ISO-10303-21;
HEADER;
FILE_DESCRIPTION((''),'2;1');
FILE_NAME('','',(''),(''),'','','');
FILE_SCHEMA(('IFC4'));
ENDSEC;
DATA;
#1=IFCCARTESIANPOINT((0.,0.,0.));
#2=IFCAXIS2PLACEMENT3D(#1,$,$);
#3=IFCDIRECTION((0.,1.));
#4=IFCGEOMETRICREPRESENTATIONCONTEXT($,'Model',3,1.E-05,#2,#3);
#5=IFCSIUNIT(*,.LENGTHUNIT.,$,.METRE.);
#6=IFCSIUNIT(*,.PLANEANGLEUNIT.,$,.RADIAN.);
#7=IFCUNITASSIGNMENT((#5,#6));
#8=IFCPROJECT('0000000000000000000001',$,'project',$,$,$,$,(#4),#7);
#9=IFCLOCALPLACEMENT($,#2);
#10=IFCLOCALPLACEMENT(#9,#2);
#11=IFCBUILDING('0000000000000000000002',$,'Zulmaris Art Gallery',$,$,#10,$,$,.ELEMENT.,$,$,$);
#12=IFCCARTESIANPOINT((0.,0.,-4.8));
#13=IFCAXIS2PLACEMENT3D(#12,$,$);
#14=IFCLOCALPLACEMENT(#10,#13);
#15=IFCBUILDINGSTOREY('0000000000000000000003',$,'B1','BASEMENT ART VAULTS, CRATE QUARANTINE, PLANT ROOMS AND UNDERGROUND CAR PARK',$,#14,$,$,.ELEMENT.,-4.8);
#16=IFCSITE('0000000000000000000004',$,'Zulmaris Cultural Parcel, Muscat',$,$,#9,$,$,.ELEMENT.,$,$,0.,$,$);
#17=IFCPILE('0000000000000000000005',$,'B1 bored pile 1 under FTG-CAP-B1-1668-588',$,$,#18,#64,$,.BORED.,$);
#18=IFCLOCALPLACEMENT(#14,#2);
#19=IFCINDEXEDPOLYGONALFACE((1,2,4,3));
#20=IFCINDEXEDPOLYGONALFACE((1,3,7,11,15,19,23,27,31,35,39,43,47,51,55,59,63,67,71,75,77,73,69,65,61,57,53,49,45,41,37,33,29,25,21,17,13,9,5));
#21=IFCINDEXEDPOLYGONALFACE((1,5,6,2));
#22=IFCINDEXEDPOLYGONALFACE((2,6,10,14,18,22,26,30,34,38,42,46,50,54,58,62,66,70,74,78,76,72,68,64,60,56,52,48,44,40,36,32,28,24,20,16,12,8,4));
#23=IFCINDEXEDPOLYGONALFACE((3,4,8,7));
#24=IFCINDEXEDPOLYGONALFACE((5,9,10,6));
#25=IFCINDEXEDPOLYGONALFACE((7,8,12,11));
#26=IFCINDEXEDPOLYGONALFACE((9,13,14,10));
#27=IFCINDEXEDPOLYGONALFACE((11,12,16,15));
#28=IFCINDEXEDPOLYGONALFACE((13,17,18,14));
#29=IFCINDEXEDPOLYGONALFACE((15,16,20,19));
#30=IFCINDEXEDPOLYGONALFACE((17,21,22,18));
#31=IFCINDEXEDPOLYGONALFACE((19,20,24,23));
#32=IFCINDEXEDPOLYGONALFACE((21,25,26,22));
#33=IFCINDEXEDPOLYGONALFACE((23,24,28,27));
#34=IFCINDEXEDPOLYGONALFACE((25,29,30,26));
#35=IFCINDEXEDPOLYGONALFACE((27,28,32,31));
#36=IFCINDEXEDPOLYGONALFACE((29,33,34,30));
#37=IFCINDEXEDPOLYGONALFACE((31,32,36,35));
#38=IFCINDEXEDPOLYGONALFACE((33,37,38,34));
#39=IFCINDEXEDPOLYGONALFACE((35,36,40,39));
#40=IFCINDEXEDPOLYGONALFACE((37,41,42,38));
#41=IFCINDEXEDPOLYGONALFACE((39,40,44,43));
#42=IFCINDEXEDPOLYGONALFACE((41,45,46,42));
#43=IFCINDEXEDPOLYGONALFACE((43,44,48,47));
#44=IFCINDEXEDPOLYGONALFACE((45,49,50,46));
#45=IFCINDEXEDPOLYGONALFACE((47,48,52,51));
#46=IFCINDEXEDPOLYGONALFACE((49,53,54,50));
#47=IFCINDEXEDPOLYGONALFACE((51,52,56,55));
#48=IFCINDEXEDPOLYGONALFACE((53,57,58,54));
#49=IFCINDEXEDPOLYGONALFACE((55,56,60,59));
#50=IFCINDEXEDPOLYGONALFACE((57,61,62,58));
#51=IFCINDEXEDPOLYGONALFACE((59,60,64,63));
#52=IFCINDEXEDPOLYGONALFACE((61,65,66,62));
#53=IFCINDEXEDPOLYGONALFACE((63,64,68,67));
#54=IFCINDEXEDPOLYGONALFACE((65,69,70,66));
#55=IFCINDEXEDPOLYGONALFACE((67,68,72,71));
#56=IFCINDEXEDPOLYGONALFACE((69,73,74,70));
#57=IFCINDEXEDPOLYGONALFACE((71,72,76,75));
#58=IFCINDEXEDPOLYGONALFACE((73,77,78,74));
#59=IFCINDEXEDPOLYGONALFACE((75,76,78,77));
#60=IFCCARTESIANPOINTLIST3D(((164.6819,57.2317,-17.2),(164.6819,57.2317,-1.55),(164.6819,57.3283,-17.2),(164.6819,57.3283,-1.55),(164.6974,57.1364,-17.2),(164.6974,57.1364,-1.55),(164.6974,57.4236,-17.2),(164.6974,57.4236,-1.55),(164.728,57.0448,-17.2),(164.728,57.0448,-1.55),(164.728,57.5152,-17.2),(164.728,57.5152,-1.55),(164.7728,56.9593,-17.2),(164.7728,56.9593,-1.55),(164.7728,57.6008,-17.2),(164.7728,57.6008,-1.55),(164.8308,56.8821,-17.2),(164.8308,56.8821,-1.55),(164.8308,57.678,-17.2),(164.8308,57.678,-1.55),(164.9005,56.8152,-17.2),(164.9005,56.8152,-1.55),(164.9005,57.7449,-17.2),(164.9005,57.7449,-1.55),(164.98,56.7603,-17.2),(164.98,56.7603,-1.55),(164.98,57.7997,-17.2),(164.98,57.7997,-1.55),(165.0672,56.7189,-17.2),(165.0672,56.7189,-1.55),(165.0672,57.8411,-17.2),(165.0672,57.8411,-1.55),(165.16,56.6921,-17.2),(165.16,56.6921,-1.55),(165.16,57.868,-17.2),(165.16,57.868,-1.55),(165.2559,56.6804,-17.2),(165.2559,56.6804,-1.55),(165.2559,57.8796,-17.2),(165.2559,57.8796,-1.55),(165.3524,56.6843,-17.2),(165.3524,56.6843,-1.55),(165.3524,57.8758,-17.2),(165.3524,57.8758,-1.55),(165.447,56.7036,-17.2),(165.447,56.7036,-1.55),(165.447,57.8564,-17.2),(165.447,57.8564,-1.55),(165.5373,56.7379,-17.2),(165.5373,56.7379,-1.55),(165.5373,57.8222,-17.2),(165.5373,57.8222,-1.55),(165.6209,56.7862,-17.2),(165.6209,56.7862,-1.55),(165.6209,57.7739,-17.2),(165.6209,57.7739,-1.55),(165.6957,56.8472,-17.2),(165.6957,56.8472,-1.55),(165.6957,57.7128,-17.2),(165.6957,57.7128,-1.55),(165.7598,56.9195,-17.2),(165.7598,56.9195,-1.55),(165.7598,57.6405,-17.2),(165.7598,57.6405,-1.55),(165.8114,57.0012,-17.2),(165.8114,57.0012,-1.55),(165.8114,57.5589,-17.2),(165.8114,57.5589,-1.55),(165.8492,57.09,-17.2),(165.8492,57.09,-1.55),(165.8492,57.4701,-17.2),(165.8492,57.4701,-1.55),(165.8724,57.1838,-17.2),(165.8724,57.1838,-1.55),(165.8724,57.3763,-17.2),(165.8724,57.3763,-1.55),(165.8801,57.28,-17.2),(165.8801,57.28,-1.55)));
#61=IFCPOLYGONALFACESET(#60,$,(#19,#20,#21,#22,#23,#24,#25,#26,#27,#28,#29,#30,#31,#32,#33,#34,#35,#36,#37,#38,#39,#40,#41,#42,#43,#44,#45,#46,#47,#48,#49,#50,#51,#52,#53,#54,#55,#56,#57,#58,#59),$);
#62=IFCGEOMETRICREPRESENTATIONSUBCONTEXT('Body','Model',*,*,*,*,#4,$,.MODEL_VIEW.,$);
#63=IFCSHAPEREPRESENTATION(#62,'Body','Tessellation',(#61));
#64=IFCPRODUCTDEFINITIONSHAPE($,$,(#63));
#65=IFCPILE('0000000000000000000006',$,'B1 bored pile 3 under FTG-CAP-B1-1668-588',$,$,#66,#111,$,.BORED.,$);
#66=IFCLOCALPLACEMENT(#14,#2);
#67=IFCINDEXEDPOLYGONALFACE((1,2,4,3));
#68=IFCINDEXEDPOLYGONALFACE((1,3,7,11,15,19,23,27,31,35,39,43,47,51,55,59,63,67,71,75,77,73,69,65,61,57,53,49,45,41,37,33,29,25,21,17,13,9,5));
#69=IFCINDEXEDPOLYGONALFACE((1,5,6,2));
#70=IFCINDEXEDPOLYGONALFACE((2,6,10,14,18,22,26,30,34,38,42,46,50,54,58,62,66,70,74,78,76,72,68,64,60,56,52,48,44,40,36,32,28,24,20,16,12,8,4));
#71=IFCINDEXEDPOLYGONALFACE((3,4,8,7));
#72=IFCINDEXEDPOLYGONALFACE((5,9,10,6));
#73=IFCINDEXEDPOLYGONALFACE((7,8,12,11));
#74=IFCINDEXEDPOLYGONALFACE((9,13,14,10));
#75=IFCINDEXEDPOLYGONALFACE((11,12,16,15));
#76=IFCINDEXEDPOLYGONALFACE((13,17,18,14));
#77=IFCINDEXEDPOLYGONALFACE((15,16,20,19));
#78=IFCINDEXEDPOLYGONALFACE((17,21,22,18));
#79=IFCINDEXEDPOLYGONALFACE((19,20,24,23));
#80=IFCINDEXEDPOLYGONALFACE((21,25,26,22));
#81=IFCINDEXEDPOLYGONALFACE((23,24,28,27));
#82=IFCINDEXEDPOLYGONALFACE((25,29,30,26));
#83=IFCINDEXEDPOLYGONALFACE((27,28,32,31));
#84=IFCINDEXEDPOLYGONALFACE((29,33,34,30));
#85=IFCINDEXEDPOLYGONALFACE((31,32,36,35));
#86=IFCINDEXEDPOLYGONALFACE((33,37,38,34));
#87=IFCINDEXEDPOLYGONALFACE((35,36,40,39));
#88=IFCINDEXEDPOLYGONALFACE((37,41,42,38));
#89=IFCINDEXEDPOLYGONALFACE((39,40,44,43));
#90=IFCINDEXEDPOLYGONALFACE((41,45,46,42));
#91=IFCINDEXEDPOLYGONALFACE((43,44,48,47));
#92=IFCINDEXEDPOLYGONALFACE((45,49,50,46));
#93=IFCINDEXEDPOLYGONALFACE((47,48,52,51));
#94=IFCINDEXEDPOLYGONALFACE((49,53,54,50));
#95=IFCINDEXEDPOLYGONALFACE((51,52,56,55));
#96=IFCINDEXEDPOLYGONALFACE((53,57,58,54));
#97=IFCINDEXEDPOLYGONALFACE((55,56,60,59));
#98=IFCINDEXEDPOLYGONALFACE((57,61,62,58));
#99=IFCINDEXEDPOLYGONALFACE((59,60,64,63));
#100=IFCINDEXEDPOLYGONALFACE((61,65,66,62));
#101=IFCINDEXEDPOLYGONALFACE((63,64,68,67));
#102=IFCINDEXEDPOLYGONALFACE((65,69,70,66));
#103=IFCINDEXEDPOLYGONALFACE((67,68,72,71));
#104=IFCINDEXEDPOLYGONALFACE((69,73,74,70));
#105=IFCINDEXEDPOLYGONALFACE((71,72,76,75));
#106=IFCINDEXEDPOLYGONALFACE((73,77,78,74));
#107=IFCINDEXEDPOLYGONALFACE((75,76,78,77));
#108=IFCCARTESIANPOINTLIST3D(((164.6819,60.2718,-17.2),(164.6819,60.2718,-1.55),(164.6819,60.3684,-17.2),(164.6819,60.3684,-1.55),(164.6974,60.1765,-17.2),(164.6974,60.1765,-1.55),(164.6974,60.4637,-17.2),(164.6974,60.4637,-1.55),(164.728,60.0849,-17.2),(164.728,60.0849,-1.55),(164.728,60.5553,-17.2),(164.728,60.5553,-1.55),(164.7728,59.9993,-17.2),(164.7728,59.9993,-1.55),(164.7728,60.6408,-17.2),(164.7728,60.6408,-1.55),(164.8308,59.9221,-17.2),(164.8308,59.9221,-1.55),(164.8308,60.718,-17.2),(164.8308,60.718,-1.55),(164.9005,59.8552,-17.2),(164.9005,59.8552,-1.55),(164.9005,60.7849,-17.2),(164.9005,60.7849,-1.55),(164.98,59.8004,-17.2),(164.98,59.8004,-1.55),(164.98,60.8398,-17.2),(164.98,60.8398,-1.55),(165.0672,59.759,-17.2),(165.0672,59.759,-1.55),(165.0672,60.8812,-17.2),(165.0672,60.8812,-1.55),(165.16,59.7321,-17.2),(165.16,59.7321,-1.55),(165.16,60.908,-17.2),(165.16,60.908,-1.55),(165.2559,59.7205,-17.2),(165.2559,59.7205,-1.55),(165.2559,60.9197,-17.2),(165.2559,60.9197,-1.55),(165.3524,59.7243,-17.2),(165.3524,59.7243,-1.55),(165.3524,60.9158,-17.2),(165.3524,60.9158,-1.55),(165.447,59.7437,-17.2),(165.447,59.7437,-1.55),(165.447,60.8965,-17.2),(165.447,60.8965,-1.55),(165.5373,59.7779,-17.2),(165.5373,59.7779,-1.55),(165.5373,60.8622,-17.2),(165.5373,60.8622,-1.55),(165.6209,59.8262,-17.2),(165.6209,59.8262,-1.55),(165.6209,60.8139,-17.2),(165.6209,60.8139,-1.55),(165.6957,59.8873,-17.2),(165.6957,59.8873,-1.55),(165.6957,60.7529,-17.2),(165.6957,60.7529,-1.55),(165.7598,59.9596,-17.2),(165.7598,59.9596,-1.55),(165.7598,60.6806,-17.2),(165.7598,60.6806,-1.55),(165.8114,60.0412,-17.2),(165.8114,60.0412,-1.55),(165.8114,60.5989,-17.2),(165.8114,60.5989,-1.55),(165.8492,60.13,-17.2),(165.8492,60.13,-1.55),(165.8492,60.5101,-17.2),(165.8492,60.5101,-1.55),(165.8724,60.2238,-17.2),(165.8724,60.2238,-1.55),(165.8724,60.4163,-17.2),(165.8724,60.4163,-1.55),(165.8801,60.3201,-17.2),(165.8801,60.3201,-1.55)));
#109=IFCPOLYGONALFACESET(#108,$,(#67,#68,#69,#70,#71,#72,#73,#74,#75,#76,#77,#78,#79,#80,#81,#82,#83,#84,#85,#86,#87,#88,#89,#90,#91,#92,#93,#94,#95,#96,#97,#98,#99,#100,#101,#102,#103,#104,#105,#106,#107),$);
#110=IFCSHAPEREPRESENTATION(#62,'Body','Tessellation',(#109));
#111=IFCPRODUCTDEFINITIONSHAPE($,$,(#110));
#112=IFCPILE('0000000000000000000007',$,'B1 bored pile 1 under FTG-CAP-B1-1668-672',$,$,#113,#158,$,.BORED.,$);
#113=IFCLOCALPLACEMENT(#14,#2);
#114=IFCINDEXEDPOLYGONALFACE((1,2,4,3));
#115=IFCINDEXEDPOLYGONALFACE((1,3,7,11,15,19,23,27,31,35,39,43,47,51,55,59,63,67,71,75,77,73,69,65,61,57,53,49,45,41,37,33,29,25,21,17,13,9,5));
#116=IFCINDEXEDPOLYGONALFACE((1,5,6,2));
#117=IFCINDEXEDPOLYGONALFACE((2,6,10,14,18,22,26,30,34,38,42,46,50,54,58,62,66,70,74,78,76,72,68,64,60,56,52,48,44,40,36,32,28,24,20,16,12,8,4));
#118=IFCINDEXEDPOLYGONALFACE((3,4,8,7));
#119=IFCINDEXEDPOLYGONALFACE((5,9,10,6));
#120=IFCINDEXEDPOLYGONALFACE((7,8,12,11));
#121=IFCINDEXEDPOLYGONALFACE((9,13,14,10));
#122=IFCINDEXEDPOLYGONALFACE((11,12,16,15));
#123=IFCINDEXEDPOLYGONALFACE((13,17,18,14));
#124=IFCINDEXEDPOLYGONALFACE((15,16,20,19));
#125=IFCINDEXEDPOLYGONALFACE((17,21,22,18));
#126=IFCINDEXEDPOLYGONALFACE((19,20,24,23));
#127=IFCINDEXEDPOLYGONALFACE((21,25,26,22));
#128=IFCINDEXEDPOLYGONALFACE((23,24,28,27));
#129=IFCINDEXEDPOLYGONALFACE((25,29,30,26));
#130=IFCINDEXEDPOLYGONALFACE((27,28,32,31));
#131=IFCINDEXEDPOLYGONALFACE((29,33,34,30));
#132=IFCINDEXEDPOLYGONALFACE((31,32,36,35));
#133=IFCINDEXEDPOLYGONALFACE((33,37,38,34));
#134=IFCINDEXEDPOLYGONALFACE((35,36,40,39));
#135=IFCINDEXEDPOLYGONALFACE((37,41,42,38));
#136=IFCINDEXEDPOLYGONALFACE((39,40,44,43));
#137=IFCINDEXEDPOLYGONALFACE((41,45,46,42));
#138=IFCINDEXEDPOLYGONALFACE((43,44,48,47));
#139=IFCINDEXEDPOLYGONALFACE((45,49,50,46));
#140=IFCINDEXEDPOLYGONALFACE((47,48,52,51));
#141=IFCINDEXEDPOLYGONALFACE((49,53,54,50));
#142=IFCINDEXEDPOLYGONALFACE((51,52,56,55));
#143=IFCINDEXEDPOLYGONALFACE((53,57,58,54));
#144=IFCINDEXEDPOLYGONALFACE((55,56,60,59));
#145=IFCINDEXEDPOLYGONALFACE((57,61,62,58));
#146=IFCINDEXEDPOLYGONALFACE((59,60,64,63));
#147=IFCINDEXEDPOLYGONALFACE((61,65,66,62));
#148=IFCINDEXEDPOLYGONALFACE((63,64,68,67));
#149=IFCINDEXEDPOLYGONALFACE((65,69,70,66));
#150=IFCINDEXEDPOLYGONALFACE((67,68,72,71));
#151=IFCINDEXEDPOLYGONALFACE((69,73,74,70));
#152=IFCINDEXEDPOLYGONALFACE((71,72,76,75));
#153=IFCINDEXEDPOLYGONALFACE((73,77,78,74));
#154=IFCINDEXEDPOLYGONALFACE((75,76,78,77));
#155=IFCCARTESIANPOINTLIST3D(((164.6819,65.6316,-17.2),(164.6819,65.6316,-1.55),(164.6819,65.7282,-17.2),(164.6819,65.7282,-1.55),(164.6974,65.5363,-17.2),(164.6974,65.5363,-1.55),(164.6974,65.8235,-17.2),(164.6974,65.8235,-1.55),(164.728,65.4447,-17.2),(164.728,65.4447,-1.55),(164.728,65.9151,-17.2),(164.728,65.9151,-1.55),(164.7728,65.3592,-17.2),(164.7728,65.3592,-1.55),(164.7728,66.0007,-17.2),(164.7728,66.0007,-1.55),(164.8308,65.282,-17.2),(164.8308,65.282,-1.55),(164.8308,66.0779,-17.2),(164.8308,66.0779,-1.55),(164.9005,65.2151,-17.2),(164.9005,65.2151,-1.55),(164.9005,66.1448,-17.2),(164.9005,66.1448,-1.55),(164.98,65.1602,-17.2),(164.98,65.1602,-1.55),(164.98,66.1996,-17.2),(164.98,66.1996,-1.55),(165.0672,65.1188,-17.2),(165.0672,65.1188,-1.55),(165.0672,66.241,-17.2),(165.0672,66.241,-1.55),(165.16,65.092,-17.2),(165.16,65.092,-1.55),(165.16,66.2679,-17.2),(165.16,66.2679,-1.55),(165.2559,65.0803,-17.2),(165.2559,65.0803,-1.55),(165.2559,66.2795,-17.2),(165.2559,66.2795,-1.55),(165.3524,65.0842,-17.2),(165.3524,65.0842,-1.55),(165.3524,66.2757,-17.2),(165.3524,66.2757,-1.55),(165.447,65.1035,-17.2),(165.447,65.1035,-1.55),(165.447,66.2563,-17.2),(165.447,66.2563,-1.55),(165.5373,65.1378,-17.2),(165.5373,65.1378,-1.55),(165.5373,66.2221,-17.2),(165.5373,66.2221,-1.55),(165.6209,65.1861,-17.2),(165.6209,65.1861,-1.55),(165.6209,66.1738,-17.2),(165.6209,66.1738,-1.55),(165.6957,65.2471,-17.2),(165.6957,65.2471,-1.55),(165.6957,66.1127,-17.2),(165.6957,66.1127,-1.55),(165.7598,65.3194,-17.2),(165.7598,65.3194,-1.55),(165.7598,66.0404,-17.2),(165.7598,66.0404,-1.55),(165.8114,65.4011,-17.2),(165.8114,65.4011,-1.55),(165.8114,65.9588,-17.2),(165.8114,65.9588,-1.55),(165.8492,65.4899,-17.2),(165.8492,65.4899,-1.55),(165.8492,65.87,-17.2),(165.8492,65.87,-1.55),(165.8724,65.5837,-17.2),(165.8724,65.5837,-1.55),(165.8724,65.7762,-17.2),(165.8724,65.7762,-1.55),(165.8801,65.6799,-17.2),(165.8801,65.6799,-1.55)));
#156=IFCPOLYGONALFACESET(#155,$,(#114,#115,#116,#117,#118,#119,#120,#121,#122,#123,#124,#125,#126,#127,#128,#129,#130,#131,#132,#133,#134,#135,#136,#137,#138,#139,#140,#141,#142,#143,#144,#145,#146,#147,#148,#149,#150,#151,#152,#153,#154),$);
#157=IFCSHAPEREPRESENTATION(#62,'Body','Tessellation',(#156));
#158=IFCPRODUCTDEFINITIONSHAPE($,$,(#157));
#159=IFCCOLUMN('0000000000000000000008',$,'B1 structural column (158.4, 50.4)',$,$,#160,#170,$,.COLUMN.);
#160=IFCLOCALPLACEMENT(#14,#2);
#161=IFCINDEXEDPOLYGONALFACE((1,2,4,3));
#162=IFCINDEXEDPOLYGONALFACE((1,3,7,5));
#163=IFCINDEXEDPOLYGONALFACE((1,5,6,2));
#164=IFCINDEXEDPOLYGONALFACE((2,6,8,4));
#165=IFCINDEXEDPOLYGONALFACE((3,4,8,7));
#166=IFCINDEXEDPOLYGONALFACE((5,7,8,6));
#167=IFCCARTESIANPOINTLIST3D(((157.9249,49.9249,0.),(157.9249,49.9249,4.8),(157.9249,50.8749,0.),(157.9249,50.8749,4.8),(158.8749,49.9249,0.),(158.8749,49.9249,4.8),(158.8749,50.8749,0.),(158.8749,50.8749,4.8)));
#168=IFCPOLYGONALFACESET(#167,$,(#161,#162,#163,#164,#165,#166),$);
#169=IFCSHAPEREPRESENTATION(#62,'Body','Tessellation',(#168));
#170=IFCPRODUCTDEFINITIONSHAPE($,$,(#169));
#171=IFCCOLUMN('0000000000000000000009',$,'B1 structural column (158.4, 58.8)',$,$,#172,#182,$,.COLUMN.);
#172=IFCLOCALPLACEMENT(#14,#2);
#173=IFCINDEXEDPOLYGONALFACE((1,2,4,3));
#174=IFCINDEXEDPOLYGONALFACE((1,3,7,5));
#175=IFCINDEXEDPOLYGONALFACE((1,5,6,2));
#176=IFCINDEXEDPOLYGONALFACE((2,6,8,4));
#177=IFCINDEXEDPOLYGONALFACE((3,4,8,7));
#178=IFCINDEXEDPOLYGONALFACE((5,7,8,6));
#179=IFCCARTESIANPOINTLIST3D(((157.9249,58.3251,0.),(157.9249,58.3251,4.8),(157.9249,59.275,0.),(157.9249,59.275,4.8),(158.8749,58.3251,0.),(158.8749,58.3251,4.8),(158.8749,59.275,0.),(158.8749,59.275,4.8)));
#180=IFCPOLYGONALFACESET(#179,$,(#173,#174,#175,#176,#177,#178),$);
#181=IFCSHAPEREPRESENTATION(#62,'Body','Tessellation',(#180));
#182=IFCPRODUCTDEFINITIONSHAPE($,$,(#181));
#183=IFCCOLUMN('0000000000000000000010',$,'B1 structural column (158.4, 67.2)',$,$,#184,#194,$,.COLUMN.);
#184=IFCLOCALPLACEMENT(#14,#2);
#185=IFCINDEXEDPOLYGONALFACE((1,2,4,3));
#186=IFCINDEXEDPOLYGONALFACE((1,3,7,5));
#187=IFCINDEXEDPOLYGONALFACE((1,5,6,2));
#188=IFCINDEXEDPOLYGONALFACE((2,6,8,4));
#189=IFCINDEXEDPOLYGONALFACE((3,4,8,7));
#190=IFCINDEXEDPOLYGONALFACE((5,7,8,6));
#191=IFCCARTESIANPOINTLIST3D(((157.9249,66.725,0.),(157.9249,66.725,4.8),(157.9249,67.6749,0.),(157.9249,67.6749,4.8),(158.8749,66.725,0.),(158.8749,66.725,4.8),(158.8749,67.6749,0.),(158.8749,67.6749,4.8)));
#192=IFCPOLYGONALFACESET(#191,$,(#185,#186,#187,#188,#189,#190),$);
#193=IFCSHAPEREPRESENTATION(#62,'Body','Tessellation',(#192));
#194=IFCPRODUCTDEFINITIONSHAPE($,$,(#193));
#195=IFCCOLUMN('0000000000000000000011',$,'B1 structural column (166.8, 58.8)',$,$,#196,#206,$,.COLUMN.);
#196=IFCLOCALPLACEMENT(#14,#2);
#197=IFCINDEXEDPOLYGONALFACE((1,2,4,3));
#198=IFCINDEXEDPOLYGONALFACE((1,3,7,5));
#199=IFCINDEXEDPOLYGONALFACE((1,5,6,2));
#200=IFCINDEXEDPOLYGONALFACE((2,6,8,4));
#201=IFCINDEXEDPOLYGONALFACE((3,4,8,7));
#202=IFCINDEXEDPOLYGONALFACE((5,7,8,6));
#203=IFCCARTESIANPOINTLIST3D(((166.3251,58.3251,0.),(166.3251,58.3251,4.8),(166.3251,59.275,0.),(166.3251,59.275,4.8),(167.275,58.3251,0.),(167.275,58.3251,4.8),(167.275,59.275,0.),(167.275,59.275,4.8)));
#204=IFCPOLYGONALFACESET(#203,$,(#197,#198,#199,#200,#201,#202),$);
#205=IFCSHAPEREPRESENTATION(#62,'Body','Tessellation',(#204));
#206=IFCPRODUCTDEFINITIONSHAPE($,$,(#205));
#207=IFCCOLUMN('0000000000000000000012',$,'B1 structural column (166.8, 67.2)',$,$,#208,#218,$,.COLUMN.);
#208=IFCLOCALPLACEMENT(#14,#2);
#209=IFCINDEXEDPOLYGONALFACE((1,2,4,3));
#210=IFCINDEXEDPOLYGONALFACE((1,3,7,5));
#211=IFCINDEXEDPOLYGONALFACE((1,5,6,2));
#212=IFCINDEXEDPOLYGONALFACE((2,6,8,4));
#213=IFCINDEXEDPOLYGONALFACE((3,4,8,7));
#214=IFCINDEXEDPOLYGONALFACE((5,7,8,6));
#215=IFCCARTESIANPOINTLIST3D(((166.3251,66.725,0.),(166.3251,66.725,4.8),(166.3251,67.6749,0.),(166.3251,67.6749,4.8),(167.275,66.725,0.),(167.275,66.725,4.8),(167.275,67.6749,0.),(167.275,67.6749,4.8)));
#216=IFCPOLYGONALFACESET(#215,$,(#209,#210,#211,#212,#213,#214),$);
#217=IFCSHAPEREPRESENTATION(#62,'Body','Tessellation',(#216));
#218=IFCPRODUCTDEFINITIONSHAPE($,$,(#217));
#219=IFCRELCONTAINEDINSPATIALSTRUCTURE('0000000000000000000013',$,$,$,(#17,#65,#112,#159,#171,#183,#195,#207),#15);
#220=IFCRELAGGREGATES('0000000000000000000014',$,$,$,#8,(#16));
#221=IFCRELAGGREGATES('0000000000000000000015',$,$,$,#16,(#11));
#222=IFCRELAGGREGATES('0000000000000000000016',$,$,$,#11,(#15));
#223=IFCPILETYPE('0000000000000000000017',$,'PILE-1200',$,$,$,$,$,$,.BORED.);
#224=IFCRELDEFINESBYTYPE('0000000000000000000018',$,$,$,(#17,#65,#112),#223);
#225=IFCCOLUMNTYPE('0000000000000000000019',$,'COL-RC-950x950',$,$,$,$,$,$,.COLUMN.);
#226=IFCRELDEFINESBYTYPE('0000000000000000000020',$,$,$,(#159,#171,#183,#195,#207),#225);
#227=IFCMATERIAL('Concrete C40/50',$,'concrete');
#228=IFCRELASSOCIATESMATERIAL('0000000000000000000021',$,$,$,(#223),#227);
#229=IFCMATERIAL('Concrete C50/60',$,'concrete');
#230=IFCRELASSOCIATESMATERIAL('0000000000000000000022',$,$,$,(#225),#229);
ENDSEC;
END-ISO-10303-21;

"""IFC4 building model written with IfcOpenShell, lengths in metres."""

from ifc_helpers import new_model, si_unit, direction, frame, origin, origin_2d, place, context, subcontext, project, spatial, rectangle, circle, extrude, material, material_profile, profile_set, type_object, element, save


model = new_model("IFC4")

# Units and contexts
model_context = context("Model", 3, precision=1e-05, world=origin(), true_north=direction((0.0, 1.0)))
body_context = subcontext(model_context, "Body", "Model", "MODEL_VIEW")
ifc_project = project(units=[si_unit("LENGTHUNIT", "METRE"), si_unit("PLANEANGLEUNIT", "RADIAN")], contexts=[model_context])

# Site, building, storey
site_placement = place(None, origin())
site = spatial("IfcSite", under=ifc_project, at=site_placement, Name="Zulmaris Cultural Parcel, Muscat", CompositionType="ELEMENT", RefElevation=0.0)
building_placement = place(site_placement, origin())
building = spatial("IfcBuilding", under=site, at=building_placement, Name="Zulmaris Art Gallery", CompositionType="ELEMENT")
storey_placement = place(building_placement, frame((0.0, 0.0, -4.8)))
storey = spatial("IfcBuildingStorey", under=building, at=storey_placement, Name="B1", Description="BASEMENT ART VAULTS, CRATE QUARANTINE, PLANT ROOMS AND UNDERGROUND CAR PARK", CompositionType="ELEMENT", Elevation=-4.8)

# Piles
ifc_material_1 = material(Name="Concrete C40/50", Category="concrete")
ifc_material_profile_1 = material_profile(ifc_material_1, circle(Radius=0.6001, at=origin_2d()), Name="PILE DIA 1200")
ifc_profile_set_1 = profile_set([ifc_material_profile_1], Name="Concrete C40/50")
pile_type = type_object("IfcPileType", Name="PILE-1200", PredefinedType="BORED", material=ifc_profile_set_1)
for number, where, z_axis, x_axis, name in (
    (1, (165.28, 57.28, -1.55), (0.0, 0.0, -1.0), (1.0, 0.0, 0.0), "B1 bored pile 1 under FTG-CAP-B1-1668-588"),
    (2, (165.28, 60.3201, -1.55), (0.0, 0.0, -1.0), (1.0, 0.0, 0.0), "B1 bored pile 3 under FTG-CAP-B1-1668-588"),
    (3, (165.28, 65.6799, -1.55), (0.0, 0.0, -1.0), (1.0, 0.0, 0.0), "B1 bored pile 1 under FTG-CAP-B1-1668-672"),
):
    element("IfcPile", number, at=place(storey_placement, frame(where, z_axis=z_axis, x_axis=x_axis)), inside=storey, type_object=pile_type, Name=name, PredefinedType="BORED", context=body_context, shape_type="SweptSolid", body=[
        extrude(circle(Radius=0.6001, at=origin_2d()), origin(), (0.0, 0.0, 1.0), 15.6499),
    ])

# Columns
ifc_material_2 = material(Name="Concrete C50/60", Category="concrete")
ifc_material_profile_2 = material_profile(ifc_material_2, rectangle(XDim=0.95, YDim=0.95, at=origin_2d()), Name="RC 950x950")
ifc_profile_set_2 = profile_set([ifc_material_profile_2], Name="Concrete C50/60")
column_type = type_object("IfcColumnType", Name="COL-RC-950x950", PredefinedType="COLUMN", material=ifc_profile_set_2)
for number, where, z_axis, x_axis, name in (
    (4, (158.3999, 50.3999, 0.0), (0.0, 0.0, 1.0), (1.0, 0.0, 0.0), "B1 structural column (158.4, 50.4)"),
    (5, (158.3999, 58.8, 0.0), (0.0, 0.0, 1.0), (1.0, 0.0, 0.0), "B1 structural column (158.4, 58.8)"),
    (6, (158.3999, 67.2, 0.0), (0.0, 0.0, 1.0), (1.0, 0.0, 0.0), "B1 structural column (158.4, 67.2)"),
    (7, (166.8, 58.8, 0.0), (0.0, 0.0, 1.0), (1.0, 0.0, 0.0), "B1 structural column (166.8, 58.8)"),
    (8, (166.8, 67.2, 0.0), (0.0, 0.0, 1.0), (1.0, 0.0, 0.0), "B1 structural column (166.8, 67.2)"),
):
    element("IfcColumn", number, at=place(storey_placement, frame(where, z_axis=z_axis, x_axis=x_axis)), inside=storey, type_object=column_type, Name=name, PredefinedType="COLUMN", context=body_context, shape_type="SweptSolid", body=[
        extrude(rectangle(XDim=0.95, YDim=0.95, at=origin_2d()), origin(), (0.0, 0.0, 1.0), 4.8),
    ])

save(model, "model.ifc")
